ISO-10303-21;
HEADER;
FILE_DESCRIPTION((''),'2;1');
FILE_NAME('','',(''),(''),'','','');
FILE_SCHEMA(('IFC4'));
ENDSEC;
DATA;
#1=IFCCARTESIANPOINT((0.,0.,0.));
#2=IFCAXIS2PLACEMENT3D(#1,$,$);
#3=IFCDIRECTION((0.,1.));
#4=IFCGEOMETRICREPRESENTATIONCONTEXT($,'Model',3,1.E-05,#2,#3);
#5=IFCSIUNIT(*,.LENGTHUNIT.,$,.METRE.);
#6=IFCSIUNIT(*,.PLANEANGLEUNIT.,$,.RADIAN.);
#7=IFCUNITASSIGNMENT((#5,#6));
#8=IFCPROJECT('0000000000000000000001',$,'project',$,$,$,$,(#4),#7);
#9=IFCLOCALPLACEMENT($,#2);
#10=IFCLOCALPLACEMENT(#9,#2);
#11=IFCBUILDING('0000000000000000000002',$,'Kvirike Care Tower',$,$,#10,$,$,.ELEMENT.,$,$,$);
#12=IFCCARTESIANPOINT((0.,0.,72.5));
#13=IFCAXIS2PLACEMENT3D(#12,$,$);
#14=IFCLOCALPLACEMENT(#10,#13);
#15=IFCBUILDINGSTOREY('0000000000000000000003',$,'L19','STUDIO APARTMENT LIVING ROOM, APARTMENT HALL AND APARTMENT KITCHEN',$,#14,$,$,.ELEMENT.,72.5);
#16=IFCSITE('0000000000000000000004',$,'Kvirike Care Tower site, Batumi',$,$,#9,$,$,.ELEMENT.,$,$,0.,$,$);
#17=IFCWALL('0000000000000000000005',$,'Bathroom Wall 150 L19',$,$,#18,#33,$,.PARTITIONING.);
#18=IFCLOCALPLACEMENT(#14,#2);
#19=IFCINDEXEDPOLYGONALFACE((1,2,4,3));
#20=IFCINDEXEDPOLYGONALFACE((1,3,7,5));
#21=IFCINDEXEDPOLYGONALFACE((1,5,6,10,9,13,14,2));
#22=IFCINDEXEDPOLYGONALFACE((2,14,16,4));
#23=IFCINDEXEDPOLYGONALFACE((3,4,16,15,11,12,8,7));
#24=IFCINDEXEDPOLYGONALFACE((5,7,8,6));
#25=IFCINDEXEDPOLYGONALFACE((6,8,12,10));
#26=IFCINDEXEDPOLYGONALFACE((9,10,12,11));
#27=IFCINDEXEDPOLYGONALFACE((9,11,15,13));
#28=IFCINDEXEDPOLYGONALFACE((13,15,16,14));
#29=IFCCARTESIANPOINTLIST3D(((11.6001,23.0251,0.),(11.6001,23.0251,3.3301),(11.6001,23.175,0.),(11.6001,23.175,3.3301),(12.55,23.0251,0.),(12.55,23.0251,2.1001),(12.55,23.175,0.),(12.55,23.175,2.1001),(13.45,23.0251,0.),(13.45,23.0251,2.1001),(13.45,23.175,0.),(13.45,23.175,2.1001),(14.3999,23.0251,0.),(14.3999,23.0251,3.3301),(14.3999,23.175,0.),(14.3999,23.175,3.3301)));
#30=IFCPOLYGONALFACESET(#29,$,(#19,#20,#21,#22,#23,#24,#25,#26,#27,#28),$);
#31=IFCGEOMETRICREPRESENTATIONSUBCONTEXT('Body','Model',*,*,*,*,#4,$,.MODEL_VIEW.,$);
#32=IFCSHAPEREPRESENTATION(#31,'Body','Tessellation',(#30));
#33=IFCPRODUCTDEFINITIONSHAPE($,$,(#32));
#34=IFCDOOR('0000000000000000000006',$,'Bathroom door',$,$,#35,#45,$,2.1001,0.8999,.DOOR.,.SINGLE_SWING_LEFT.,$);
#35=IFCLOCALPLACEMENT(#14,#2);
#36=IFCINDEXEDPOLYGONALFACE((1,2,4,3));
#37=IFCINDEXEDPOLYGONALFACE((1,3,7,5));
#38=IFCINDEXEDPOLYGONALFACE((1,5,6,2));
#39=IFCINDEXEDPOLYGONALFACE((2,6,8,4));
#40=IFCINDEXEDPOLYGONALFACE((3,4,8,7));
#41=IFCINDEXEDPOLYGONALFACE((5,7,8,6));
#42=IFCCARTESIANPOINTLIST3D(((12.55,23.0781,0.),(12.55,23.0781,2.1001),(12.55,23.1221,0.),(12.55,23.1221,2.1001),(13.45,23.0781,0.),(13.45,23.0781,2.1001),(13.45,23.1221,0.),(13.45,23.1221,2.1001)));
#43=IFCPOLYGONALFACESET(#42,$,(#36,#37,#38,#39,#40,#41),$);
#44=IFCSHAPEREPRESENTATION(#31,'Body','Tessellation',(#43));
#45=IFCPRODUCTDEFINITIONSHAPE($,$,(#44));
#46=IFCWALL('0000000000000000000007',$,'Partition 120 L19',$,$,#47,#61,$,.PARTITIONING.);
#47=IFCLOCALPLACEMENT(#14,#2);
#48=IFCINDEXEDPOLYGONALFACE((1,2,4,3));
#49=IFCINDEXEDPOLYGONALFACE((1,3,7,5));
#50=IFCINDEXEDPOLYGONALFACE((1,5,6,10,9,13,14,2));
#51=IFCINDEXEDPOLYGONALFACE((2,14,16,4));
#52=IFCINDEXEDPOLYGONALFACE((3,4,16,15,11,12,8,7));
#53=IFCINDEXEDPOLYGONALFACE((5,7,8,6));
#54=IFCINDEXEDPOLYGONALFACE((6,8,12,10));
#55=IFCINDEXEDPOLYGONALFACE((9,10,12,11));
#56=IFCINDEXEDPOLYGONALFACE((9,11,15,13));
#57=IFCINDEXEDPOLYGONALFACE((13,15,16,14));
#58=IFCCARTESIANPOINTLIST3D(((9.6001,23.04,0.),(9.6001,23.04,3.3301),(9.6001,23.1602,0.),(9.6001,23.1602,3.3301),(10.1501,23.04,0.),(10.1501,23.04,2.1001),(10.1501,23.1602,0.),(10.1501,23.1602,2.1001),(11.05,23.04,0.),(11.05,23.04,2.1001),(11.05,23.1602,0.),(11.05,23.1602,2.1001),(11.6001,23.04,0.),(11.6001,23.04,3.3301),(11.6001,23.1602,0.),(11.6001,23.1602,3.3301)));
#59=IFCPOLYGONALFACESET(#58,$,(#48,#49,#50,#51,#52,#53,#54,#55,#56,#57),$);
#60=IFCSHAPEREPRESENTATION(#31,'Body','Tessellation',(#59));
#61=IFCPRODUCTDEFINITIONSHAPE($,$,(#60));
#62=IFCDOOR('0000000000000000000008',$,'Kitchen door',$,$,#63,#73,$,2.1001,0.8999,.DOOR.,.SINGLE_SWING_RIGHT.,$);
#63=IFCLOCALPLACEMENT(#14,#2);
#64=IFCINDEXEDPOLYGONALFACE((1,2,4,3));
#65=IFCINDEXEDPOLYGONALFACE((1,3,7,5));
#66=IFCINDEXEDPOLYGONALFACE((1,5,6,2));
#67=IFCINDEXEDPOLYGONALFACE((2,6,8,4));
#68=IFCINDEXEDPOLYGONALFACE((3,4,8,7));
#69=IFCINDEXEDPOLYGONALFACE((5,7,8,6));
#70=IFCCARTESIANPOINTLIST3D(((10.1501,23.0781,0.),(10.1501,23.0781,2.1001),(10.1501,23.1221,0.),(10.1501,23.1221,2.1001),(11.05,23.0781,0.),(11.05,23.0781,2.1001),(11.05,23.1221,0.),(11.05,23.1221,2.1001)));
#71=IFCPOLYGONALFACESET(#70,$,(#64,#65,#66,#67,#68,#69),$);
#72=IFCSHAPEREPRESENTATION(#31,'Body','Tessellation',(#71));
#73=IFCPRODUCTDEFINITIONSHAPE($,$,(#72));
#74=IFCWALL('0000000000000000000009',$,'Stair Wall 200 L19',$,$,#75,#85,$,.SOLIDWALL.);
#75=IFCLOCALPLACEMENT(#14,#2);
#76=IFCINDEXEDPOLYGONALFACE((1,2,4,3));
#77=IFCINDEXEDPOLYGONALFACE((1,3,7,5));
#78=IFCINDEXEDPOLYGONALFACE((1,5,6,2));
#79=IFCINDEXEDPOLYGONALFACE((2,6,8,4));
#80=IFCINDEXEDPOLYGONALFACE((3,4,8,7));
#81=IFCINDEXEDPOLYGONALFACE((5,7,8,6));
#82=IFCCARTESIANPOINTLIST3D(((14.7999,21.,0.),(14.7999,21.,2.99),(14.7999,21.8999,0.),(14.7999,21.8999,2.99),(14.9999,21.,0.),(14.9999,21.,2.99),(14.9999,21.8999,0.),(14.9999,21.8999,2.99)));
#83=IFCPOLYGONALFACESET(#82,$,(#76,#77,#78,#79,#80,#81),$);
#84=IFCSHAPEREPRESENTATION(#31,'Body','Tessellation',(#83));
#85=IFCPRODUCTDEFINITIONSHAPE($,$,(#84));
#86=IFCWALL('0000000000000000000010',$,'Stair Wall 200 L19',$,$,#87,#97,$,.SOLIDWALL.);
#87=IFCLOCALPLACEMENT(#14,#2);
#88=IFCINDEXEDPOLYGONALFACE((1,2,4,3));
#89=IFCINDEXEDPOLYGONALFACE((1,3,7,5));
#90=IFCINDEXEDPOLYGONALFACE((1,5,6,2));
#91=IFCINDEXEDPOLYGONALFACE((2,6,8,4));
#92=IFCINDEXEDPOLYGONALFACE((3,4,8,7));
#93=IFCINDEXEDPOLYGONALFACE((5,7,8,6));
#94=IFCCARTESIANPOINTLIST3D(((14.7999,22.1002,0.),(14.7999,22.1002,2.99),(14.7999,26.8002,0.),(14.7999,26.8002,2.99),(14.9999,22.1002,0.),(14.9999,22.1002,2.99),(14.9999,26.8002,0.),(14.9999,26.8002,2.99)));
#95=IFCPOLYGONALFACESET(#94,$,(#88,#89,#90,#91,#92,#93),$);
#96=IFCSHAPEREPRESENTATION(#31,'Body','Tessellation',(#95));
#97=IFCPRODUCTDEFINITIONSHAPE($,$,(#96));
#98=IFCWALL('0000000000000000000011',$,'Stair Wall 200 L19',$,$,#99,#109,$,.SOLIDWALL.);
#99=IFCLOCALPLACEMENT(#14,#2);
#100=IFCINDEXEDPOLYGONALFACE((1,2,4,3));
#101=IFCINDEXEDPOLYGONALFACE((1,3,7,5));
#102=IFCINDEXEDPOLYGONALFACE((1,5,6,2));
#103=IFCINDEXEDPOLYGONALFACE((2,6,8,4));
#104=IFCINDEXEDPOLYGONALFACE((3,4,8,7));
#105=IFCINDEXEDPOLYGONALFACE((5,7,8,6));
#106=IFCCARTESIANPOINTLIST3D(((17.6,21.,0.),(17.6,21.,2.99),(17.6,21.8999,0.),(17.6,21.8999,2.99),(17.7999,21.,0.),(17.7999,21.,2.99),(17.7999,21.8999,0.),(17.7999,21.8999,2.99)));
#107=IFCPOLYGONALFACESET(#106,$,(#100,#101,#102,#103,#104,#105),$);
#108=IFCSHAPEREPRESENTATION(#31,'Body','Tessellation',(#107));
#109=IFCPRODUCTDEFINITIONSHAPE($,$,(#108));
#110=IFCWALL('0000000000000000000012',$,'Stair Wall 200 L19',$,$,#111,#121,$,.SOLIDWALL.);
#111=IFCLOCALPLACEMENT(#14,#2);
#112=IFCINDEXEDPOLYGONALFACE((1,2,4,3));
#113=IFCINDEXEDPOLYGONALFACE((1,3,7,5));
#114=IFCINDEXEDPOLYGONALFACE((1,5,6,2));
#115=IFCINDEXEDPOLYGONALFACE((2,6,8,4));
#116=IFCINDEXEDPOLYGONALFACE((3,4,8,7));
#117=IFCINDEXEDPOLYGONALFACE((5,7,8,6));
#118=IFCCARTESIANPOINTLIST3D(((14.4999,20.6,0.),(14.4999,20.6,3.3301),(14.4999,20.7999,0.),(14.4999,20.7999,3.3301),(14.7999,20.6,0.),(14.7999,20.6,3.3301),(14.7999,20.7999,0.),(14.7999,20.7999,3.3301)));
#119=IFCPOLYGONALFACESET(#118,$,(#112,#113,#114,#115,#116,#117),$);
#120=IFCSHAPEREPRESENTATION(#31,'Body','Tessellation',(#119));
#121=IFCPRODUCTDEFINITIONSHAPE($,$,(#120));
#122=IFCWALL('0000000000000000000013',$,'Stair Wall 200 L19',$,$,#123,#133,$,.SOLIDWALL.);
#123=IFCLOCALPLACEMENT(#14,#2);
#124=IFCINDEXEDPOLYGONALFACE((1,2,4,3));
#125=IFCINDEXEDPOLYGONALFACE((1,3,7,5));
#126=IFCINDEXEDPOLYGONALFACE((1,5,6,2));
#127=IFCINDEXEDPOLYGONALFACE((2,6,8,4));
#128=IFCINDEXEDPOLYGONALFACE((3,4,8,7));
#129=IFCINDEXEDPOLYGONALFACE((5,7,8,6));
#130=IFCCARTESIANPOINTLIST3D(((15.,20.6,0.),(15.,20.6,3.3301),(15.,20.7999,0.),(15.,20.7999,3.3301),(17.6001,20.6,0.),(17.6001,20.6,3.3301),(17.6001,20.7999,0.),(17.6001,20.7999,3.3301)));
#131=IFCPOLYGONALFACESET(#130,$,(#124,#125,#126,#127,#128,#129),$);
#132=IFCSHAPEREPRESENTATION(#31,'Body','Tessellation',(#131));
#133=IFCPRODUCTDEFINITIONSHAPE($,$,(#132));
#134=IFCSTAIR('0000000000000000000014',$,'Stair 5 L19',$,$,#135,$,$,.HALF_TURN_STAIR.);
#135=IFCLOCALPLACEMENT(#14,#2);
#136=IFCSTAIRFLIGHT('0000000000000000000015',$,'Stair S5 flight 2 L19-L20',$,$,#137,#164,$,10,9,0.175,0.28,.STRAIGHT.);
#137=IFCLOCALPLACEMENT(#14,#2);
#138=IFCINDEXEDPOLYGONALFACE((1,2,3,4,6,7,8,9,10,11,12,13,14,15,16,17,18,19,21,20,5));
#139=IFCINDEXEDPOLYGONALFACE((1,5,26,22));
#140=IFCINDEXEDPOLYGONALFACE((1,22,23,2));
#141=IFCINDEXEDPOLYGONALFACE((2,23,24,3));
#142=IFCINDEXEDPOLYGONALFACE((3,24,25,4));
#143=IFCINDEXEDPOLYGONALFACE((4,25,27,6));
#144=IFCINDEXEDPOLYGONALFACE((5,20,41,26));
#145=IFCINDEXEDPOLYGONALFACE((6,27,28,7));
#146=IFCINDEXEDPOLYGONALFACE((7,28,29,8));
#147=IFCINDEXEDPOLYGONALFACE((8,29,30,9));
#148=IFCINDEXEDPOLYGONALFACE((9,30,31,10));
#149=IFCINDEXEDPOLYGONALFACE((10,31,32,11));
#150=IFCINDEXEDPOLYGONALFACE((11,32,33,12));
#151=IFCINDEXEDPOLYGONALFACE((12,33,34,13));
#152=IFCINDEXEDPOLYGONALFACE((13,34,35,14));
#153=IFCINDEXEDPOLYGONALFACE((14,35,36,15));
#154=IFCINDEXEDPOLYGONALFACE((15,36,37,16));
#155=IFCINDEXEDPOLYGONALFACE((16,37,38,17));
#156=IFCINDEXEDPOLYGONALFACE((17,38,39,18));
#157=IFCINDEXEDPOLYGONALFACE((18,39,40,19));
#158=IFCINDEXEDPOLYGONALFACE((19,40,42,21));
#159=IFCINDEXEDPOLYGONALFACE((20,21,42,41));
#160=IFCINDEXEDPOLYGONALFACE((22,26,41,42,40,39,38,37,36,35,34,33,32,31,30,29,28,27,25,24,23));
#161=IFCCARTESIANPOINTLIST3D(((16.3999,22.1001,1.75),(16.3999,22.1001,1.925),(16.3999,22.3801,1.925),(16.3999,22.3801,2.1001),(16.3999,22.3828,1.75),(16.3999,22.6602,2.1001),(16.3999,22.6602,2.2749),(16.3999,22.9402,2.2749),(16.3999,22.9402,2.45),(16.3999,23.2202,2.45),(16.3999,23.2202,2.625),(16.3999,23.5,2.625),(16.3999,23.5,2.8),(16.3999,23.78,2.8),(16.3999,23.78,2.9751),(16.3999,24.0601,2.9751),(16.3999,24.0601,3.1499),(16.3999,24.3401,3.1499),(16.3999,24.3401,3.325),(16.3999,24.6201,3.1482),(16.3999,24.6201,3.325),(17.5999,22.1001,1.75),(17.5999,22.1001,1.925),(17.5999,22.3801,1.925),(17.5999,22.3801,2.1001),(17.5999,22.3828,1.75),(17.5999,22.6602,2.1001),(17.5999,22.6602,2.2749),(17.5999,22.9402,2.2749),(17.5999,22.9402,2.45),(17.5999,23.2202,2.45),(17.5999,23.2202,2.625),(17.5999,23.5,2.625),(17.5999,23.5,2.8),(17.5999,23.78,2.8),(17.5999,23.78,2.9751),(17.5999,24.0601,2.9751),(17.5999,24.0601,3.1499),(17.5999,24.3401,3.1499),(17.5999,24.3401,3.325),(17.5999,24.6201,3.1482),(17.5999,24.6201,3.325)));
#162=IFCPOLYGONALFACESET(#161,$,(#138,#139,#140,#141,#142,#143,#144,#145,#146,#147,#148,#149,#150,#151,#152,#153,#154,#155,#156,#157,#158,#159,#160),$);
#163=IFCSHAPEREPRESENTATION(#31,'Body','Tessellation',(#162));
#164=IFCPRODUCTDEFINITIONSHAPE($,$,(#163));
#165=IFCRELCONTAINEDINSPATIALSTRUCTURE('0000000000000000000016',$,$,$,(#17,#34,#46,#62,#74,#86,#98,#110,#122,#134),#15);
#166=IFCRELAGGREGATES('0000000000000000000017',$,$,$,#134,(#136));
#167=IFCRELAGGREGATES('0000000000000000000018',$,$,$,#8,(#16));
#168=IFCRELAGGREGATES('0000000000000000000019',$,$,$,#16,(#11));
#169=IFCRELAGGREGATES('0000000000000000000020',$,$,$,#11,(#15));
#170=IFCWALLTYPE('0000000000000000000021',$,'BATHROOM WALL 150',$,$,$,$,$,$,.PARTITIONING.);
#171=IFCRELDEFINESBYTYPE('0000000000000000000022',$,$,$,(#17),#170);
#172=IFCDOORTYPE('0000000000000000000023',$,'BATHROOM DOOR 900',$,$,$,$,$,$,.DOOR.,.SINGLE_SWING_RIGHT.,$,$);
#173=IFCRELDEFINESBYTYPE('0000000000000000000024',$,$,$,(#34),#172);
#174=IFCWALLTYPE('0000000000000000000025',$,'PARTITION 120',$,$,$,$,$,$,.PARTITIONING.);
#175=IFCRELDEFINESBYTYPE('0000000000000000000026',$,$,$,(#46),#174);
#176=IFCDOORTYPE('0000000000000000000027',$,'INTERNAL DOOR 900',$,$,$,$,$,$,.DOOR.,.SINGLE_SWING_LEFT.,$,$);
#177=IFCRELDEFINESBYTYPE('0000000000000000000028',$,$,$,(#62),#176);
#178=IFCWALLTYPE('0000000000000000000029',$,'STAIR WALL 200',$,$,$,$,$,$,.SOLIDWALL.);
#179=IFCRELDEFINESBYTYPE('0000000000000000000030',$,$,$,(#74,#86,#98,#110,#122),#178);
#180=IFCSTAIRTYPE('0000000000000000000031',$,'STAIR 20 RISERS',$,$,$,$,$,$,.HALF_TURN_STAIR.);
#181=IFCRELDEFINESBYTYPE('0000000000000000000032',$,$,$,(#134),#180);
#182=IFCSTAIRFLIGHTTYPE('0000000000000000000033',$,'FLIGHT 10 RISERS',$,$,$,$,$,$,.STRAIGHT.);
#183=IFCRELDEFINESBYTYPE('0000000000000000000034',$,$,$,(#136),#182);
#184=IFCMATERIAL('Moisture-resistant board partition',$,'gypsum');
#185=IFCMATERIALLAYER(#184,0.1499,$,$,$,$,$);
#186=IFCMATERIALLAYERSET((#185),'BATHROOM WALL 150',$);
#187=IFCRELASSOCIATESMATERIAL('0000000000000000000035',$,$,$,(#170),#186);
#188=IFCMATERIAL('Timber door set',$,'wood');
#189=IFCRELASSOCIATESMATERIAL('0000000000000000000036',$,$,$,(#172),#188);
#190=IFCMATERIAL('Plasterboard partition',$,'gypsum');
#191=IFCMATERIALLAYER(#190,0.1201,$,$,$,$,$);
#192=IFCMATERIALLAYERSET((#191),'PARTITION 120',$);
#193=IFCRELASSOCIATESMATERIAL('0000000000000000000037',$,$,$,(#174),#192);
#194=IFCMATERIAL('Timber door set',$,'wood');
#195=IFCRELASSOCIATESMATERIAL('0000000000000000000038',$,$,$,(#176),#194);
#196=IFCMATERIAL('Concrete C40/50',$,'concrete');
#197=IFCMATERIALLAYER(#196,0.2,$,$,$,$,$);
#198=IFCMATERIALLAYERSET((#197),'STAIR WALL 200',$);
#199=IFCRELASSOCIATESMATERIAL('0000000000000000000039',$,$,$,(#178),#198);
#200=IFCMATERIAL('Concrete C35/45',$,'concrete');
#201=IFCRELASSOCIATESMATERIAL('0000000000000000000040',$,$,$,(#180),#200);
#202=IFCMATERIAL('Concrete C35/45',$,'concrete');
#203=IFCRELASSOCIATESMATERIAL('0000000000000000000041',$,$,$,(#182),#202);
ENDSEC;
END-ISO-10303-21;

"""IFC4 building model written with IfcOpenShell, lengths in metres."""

from ifc_helpers import new_model, si_unit, direction, frame, frame_2d, origin, place, context, subcontext, project, spatial, polyline, rectangle, outline, extrude, material, layer, layer_set, type_object, element, fill, aggregate, save


model = new_model("IFC4")

# Units and contexts
model_context = context("Model", 3, precision=1e-05, world=origin(), true_north=direction((0.0, 1.0)))
body_context = subcontext(model_context, "Body", "Model", "MODEL_VIEW")
ifc_project = project(units=[si_unit("LENGTHUNIT", "METRE"), si_unit("PLANEANGLEUNIT", "RADIAN")], contexts=[model_context])

# Site, building, storey
site_placement = place(None, origin())
site = spatial("IfcSite", under=ifc_project, at=site_placement, Name="Kvirike Care Tower site, Batumi", CompositionType="ELEMENT", RefElevation=0.0)
building_placement = place(site_placement, origin())
building = spatial("IfcBuilding", under=site, at=building_placement, Name="Kvirike Care Tower", CompositionType="ELEMENT")
storey_placement = place(building_placement, frame((0.0, 0.0, 72.5)))
storey = spatial("IfcBuildingStorey", under=building, at=storey_placement, Name="L19", Description="STUDIO APARTMENT LIVING ROOM, APARTMENT HALL AND APARTMENT KITCHEN", CompositionType="ELEMENT", Elevation=72.5)

# Shared definitions
ifc_material_1 = material(Name="Moisture-resistant board partition", Category="gypsum")
ifc_layer_1 = layer(ifc_material_1, 0.1499)
ifc_layer_set_1 = layer_set([ifc_layer_1], Name="BATHROOM WALL 150")
wall_type_1 = type_object("IfcWallType", Name="BATHROOM WALL 150", PredefinedType="PARTITIONING", material=ifc_layer_set_1)
ifc_material_2 = material(Name="Timber door set", Category="wood")
door_type_1 = type_object("IfcDoorType", Name="BATHROOM DOOR 900", OperationType="SINGLE_SWING_RIGHT", PredefinedType="DOOR", material=ifc_material_2)

# Walls, openings, doors
wall_1_placement = place(storey_placement, frame((11.6001, 23.1001, 0.0), z_axis=(0.0, 0.0, 1.0), x_axis=(1.0, 0.0, 0.0)))
wall_1 = element("IfcWall", 1, at=wall_1_placement, inside=storey, type_object=wall_type_1, Name="Bathroom Wall 150 L19", PredefinedType="PARTITIONING", context=body_context, shape_type="SweptSolid", body=[
    extrude(rectangle(XDim=2.7998, YDim=0.1499, at=frame_2d((1.3999, 0.0))), origin(), (0.0, 0.0, 1.0), 3.3301),
])
opening_1_placement = place(wall_1_placement, frame((0.95, 0.0, 0.0)))
opening_1 = element("IfcOpeningElement", 2, at=opening_1_placement, cuts=wall_1, PredefinedType="OPENING", context=body_context, shape_type="SweptSolid", body=[
    extrude(rectangle(XDim=0.8999, YDim=2.1001, at=frame_2d((0.45, 1.05))), frame((0.0, 0.0854, 0.0), z_axis=(0.0, -1.0, 0.0), x_axis=(1.0, 0.0, 0.0)), (0.0, 0.0, 1.0), 0.1709),
])
door_1_placement = place(opening_1_placement, frame((0.8999, 0.0, 0.0), z_axis=(0.0, 0.0, 1.0), x_axis=(-1.0, 0.0, 0.0)))
door_1 = element("IfcDoor", 3, at=door_1_placement, inside=storey, type_object=door_type_1, Name="Bathroom door", OperationType="SINGLE_SWING_LEFT", OverallHeight=2.1001, OverallWidth=0.8999, PredefinedType="DOOR", context=body_context, shape_type="SweptSolid", body=[
    extrude(rectangle(XDim=0.8999, YDim=2.1001, at=frame_2d((0.45, 1.05))), frame((0.0, 0.022, 0.0), z_axis=(0.0, -1.0, 0.0), x_axis=(1.0, 0.0, 0.0)), (0.0, 0.0, 1.0), 0.0439),
])
fill(opening_1, door_1)
ifc_material_3 = material(Name="Plasterboard partition", Category="gypsum")
ifc_layer_2 = layer(ifc_material_3, 0.1201)
ifc_layer_set_2 = layer_set([ifc_layer_2], Name="PARTITION 120")
wall_type_2 = type_object("IfcWallType", Name="PARTITION 120", PredefinedType="PARTITIONING", material=ifc_layer_set_2)
wall_2_placement = place(storey_placement, frame((9.6001, 23.1001, 0.0), z_axis=(0.0, 0.0, 1.0), x_axis=(1.0, 0.0, 0.0)))
wall_2 = element("IfcWall", 4, at=wall_2_placement, inside=storey, type_object=wall_type_2, Name="Partition 120 L19", PredefinedType="PARTITIONING", context=body_context, shape_type="SweptSolid", body=[
    extrude(rectangle(XDim=2.0, YDim=0.1201, at=frame_2d((1.0, 0.0))), origin(), (0.0, 0.0, 1.0), 3.3301),
])
opening_2_placement = place(wall_2_placement, frame((0.55, 0.0, 0.0)))
opening_2 = element("IfcOpeningElement", 5, at=opening_2_placement, cuts=wall_2, PredefinedType="OPENING", context=body_context, shape_type="SweptSolid", body=[
    extrude(rectangle(XDim=0.8999, YDim=2.1001, at=frame_2d((0.45, 1.05))), frame((0.0, 0.0706, 0.0), z_axis=(0.0, -1.0, 0.0), x_axis=(1.0, 0.0, 0.0)), (0.0, 0.0, 1.0), 0.1411),
])
ifc_material_4 = material(Name="Timber door set", Category="wood")
door_type_2 = type_object("IfcDoorType", Name="INTERNAL DOOR 900", OperationType="SINGLE_SWING_LEFT", PredefinedType="DOOR", material=ifc_material_4)
door_2_placement = place(opening_2_placement, frame((0.8999, 0.0, 0.0), z_axis=(0.0, 0.0, 1.0), x_axis=(-1.0, 0.0, 0.0)))
door_2 = element("IfcDoor", 6, at=door_2_placement, inside=storey, type_object=door_type_2, Name="Kitchen door", OperationType="SINGLE_SWING_RIGHT", OverallHeight=2.1001, OverallWidth=0.8999, PredefinedType="DOOR", context=body_context, shape_type="SweptSolid", body=[
    extrude(rectangle(XDim=0.8999, YDim=2.1001, at=frame_2d((0.45, 1.05))), frame((0.0, 0.022, 0.0), z_axis=(0.0, -1.0, 0.0), x_axis=(1.0, 0.0, 0.0)), (0.0, 0.0, 1.0), 0.0439),
])
fill(opening_2, door_2)

# Walls
ifc_material_5 = material(Name="Concrete C40/50", Category="concrete")
ifc_layer_3 = layer(ifc_material_5, 0.2)
ifc_layer_set_3 = layer_set([ifc_layer_3], Name="STAIR WALL 200")
wall_type_3 = type_object("IfcWallType", Name="STAIR WALL 200", PredefinedType="SOLIDWALL", material=ifc_layer_set_3)
wall_3_placement = place(storey_placement, frame((14.8999, 21.0, 0.0), z_axis=(0.0, 0.0, 1.0), x_axis=(0.0, 1.0, 0.0)))
element("IfcWall", 7, at=wall_3_placement, inside=storey, type_object=wall_type_3, Name="Stair Wall 200 L19", PredefinedType="SOLIDWALL", context=body_context, shape_type="SweptSolid", body=[
    extrude(rectangle(XDim=0.8999, YDim=0.2, at=frame_2d((0.45, 0.0))), origin(), (0.0, 0.0, 1.0), 2.99),
])
wall_4_placement = place(storey_placement, frame((14.8999, 22.1001, 0.0), z_axis=(0.0, 0.0, 1.0), x_axis=(0.0, 1.0, 0.0)))
element("IfcWall", 8, at=wall_4_placement, inside=storey, type_object=wall_type_3, Name="Stair Wall 200 L19", PredefinedType="SOLIDWALL", context=body_context, shape_type="SweptSolid", body=[
    extrude(rectangle(XDim=4.7, YDim=0.2, at=frame_2d((2.3501, 0.0))), origin(), (0.0, 0.0, 1.0), 2.99),
])
wall_5_placement = place(storey_placement, frame((17.7, 21.0, 0.0), z_axis=(0.0, 0.0, 1.0), x_axis=(0.0, 1.0, 0.0)))
element("IfcWall", 9, at=wall_5_placement, inside=storey, type_object=wall_type_3, Name="Stair Wall 200 L19", PredefinedType="SOLIDWALL", context=body_context, shape_type="SweptSolid", body=[
    extrude(rectangle(XDim=0.8999, YDim=0.2, at=frame_2d((0.45, 0.0))), origin(), (0.0, 0.0, 1.0), 2.99),
])
wall_6_placement = place(storey_placement, frame((14.5, 20.7, 0.0), z_axis=(0.0, 0.0, 1.0), x_axis=(1.0, 0.0, 0.0)))
element("IfcWall", 10, at=wall_6_placement, inside=storey, type_object=wall_type_3, Name="Stair Wall 200 L19", PredefinedType="SOLIDWALL", context=body_context, shape_type="SweptSolid", body=[
    extrude(rectangle(XDim=0.3, YDim=0.2, at=frame_2d((0.1499, 0.0))), origin(), (0.0, 0.0, 1.0), 3.3301),
])
wall_7_placement = place(storey_placement, frame((15.0, 20.7, 0.0), z_axis=(0.0, 0.0, 1.0), x_axis=(1.0, 0.0, 0.0)))
element("IfcWall", 11, at=wall_7_placement, inside=storey, type_object=wall_type_3, Name="Stair Wall 200 L19", PredefinedType="SOLIDWALL", context=body_context, shape_type="SweptSolid", body=[
    extrude(rectangle(XDim=2.6001, YDim=0.2, at=frame_2d((1.3, 0.0))), origin(), (0.0, 0.0, 1.0), 3.3301),
])

# Stair, stair flight
ifc_material_6 = material(Name="Concrete C35/45", Category="concrete")
stair_type = type_object("IfcStairType", Name="STAIR 20 RISERS", PredefinedType="HALF_TURN_STAIR", material=ifc_material_6)
stair_placement = place(storey_placement, origin())
stair = element("IfcStair", 12, at=stair_placement, inside=storey, type_object=stair_type, Name="Stair 5 L19", PredefinedType="HALF_TURN_STAIR")
ifc_material_7 = material(Name="Concrete C35/45", Category="concrete")
stair_flight_type = type_object("IfcStairFlightType", Name="FLIGHT 10 RISERS", PredefinedType="STRAIGHT", material=ifc_material_7)
stair_flight_placement = place(storey_placement, frame((17.0, 22.1001, 1.75), z_axis=(0.0, 0.0, 1.0), x_axis=(0.0, 1.0, 0.0)))
stair_flight = element("IfcStairFlight", 13, at=stair_flight_placement, type_object=stair_flight_type, Name="Stair S5 flight 2 L19-L20", NumberOfRisers=10, NumberOfTreads=9, PredefinedType="STRAIGHT", RiserHeight=0.175, TreadLength=0.28, context=body_context, shape_type="SweptSolid", body=[
    extrude(outline(polyline([(0.0, 0.0), (0.0, 0.175), (0.28, 0.175), (0.28, 0.3501), (0.5601, 0.3501), (0.5601, 0.5249), (0.8401, 0.5249), (0.8401, 0.7), (1.1201, 0.7), (1.1201, 0.875), (1.3999, 0.875), (1.3999, 1.05), (1.6799, 1.05), (1.6799, 1.2251), (1.96, 1.2251), (1.96, 1.3999), (2.24, 1.3999), (2.24, 1.575), (2.52, 1.575), (2.52, 1.75), (2.52, 1.3982), (0.2827, 0.0), (0.0, 0.0)])), frame((0.0, 0.6001, 0.0), z_axis=(0.0, -1.0, 0.0), x_axis=(1.0, 0.0, 0.0)), (0.0, 0.0, 1.0), 1.2),
])
aggregate(stair, [stair_flight])

save(model, "model.ifc")
